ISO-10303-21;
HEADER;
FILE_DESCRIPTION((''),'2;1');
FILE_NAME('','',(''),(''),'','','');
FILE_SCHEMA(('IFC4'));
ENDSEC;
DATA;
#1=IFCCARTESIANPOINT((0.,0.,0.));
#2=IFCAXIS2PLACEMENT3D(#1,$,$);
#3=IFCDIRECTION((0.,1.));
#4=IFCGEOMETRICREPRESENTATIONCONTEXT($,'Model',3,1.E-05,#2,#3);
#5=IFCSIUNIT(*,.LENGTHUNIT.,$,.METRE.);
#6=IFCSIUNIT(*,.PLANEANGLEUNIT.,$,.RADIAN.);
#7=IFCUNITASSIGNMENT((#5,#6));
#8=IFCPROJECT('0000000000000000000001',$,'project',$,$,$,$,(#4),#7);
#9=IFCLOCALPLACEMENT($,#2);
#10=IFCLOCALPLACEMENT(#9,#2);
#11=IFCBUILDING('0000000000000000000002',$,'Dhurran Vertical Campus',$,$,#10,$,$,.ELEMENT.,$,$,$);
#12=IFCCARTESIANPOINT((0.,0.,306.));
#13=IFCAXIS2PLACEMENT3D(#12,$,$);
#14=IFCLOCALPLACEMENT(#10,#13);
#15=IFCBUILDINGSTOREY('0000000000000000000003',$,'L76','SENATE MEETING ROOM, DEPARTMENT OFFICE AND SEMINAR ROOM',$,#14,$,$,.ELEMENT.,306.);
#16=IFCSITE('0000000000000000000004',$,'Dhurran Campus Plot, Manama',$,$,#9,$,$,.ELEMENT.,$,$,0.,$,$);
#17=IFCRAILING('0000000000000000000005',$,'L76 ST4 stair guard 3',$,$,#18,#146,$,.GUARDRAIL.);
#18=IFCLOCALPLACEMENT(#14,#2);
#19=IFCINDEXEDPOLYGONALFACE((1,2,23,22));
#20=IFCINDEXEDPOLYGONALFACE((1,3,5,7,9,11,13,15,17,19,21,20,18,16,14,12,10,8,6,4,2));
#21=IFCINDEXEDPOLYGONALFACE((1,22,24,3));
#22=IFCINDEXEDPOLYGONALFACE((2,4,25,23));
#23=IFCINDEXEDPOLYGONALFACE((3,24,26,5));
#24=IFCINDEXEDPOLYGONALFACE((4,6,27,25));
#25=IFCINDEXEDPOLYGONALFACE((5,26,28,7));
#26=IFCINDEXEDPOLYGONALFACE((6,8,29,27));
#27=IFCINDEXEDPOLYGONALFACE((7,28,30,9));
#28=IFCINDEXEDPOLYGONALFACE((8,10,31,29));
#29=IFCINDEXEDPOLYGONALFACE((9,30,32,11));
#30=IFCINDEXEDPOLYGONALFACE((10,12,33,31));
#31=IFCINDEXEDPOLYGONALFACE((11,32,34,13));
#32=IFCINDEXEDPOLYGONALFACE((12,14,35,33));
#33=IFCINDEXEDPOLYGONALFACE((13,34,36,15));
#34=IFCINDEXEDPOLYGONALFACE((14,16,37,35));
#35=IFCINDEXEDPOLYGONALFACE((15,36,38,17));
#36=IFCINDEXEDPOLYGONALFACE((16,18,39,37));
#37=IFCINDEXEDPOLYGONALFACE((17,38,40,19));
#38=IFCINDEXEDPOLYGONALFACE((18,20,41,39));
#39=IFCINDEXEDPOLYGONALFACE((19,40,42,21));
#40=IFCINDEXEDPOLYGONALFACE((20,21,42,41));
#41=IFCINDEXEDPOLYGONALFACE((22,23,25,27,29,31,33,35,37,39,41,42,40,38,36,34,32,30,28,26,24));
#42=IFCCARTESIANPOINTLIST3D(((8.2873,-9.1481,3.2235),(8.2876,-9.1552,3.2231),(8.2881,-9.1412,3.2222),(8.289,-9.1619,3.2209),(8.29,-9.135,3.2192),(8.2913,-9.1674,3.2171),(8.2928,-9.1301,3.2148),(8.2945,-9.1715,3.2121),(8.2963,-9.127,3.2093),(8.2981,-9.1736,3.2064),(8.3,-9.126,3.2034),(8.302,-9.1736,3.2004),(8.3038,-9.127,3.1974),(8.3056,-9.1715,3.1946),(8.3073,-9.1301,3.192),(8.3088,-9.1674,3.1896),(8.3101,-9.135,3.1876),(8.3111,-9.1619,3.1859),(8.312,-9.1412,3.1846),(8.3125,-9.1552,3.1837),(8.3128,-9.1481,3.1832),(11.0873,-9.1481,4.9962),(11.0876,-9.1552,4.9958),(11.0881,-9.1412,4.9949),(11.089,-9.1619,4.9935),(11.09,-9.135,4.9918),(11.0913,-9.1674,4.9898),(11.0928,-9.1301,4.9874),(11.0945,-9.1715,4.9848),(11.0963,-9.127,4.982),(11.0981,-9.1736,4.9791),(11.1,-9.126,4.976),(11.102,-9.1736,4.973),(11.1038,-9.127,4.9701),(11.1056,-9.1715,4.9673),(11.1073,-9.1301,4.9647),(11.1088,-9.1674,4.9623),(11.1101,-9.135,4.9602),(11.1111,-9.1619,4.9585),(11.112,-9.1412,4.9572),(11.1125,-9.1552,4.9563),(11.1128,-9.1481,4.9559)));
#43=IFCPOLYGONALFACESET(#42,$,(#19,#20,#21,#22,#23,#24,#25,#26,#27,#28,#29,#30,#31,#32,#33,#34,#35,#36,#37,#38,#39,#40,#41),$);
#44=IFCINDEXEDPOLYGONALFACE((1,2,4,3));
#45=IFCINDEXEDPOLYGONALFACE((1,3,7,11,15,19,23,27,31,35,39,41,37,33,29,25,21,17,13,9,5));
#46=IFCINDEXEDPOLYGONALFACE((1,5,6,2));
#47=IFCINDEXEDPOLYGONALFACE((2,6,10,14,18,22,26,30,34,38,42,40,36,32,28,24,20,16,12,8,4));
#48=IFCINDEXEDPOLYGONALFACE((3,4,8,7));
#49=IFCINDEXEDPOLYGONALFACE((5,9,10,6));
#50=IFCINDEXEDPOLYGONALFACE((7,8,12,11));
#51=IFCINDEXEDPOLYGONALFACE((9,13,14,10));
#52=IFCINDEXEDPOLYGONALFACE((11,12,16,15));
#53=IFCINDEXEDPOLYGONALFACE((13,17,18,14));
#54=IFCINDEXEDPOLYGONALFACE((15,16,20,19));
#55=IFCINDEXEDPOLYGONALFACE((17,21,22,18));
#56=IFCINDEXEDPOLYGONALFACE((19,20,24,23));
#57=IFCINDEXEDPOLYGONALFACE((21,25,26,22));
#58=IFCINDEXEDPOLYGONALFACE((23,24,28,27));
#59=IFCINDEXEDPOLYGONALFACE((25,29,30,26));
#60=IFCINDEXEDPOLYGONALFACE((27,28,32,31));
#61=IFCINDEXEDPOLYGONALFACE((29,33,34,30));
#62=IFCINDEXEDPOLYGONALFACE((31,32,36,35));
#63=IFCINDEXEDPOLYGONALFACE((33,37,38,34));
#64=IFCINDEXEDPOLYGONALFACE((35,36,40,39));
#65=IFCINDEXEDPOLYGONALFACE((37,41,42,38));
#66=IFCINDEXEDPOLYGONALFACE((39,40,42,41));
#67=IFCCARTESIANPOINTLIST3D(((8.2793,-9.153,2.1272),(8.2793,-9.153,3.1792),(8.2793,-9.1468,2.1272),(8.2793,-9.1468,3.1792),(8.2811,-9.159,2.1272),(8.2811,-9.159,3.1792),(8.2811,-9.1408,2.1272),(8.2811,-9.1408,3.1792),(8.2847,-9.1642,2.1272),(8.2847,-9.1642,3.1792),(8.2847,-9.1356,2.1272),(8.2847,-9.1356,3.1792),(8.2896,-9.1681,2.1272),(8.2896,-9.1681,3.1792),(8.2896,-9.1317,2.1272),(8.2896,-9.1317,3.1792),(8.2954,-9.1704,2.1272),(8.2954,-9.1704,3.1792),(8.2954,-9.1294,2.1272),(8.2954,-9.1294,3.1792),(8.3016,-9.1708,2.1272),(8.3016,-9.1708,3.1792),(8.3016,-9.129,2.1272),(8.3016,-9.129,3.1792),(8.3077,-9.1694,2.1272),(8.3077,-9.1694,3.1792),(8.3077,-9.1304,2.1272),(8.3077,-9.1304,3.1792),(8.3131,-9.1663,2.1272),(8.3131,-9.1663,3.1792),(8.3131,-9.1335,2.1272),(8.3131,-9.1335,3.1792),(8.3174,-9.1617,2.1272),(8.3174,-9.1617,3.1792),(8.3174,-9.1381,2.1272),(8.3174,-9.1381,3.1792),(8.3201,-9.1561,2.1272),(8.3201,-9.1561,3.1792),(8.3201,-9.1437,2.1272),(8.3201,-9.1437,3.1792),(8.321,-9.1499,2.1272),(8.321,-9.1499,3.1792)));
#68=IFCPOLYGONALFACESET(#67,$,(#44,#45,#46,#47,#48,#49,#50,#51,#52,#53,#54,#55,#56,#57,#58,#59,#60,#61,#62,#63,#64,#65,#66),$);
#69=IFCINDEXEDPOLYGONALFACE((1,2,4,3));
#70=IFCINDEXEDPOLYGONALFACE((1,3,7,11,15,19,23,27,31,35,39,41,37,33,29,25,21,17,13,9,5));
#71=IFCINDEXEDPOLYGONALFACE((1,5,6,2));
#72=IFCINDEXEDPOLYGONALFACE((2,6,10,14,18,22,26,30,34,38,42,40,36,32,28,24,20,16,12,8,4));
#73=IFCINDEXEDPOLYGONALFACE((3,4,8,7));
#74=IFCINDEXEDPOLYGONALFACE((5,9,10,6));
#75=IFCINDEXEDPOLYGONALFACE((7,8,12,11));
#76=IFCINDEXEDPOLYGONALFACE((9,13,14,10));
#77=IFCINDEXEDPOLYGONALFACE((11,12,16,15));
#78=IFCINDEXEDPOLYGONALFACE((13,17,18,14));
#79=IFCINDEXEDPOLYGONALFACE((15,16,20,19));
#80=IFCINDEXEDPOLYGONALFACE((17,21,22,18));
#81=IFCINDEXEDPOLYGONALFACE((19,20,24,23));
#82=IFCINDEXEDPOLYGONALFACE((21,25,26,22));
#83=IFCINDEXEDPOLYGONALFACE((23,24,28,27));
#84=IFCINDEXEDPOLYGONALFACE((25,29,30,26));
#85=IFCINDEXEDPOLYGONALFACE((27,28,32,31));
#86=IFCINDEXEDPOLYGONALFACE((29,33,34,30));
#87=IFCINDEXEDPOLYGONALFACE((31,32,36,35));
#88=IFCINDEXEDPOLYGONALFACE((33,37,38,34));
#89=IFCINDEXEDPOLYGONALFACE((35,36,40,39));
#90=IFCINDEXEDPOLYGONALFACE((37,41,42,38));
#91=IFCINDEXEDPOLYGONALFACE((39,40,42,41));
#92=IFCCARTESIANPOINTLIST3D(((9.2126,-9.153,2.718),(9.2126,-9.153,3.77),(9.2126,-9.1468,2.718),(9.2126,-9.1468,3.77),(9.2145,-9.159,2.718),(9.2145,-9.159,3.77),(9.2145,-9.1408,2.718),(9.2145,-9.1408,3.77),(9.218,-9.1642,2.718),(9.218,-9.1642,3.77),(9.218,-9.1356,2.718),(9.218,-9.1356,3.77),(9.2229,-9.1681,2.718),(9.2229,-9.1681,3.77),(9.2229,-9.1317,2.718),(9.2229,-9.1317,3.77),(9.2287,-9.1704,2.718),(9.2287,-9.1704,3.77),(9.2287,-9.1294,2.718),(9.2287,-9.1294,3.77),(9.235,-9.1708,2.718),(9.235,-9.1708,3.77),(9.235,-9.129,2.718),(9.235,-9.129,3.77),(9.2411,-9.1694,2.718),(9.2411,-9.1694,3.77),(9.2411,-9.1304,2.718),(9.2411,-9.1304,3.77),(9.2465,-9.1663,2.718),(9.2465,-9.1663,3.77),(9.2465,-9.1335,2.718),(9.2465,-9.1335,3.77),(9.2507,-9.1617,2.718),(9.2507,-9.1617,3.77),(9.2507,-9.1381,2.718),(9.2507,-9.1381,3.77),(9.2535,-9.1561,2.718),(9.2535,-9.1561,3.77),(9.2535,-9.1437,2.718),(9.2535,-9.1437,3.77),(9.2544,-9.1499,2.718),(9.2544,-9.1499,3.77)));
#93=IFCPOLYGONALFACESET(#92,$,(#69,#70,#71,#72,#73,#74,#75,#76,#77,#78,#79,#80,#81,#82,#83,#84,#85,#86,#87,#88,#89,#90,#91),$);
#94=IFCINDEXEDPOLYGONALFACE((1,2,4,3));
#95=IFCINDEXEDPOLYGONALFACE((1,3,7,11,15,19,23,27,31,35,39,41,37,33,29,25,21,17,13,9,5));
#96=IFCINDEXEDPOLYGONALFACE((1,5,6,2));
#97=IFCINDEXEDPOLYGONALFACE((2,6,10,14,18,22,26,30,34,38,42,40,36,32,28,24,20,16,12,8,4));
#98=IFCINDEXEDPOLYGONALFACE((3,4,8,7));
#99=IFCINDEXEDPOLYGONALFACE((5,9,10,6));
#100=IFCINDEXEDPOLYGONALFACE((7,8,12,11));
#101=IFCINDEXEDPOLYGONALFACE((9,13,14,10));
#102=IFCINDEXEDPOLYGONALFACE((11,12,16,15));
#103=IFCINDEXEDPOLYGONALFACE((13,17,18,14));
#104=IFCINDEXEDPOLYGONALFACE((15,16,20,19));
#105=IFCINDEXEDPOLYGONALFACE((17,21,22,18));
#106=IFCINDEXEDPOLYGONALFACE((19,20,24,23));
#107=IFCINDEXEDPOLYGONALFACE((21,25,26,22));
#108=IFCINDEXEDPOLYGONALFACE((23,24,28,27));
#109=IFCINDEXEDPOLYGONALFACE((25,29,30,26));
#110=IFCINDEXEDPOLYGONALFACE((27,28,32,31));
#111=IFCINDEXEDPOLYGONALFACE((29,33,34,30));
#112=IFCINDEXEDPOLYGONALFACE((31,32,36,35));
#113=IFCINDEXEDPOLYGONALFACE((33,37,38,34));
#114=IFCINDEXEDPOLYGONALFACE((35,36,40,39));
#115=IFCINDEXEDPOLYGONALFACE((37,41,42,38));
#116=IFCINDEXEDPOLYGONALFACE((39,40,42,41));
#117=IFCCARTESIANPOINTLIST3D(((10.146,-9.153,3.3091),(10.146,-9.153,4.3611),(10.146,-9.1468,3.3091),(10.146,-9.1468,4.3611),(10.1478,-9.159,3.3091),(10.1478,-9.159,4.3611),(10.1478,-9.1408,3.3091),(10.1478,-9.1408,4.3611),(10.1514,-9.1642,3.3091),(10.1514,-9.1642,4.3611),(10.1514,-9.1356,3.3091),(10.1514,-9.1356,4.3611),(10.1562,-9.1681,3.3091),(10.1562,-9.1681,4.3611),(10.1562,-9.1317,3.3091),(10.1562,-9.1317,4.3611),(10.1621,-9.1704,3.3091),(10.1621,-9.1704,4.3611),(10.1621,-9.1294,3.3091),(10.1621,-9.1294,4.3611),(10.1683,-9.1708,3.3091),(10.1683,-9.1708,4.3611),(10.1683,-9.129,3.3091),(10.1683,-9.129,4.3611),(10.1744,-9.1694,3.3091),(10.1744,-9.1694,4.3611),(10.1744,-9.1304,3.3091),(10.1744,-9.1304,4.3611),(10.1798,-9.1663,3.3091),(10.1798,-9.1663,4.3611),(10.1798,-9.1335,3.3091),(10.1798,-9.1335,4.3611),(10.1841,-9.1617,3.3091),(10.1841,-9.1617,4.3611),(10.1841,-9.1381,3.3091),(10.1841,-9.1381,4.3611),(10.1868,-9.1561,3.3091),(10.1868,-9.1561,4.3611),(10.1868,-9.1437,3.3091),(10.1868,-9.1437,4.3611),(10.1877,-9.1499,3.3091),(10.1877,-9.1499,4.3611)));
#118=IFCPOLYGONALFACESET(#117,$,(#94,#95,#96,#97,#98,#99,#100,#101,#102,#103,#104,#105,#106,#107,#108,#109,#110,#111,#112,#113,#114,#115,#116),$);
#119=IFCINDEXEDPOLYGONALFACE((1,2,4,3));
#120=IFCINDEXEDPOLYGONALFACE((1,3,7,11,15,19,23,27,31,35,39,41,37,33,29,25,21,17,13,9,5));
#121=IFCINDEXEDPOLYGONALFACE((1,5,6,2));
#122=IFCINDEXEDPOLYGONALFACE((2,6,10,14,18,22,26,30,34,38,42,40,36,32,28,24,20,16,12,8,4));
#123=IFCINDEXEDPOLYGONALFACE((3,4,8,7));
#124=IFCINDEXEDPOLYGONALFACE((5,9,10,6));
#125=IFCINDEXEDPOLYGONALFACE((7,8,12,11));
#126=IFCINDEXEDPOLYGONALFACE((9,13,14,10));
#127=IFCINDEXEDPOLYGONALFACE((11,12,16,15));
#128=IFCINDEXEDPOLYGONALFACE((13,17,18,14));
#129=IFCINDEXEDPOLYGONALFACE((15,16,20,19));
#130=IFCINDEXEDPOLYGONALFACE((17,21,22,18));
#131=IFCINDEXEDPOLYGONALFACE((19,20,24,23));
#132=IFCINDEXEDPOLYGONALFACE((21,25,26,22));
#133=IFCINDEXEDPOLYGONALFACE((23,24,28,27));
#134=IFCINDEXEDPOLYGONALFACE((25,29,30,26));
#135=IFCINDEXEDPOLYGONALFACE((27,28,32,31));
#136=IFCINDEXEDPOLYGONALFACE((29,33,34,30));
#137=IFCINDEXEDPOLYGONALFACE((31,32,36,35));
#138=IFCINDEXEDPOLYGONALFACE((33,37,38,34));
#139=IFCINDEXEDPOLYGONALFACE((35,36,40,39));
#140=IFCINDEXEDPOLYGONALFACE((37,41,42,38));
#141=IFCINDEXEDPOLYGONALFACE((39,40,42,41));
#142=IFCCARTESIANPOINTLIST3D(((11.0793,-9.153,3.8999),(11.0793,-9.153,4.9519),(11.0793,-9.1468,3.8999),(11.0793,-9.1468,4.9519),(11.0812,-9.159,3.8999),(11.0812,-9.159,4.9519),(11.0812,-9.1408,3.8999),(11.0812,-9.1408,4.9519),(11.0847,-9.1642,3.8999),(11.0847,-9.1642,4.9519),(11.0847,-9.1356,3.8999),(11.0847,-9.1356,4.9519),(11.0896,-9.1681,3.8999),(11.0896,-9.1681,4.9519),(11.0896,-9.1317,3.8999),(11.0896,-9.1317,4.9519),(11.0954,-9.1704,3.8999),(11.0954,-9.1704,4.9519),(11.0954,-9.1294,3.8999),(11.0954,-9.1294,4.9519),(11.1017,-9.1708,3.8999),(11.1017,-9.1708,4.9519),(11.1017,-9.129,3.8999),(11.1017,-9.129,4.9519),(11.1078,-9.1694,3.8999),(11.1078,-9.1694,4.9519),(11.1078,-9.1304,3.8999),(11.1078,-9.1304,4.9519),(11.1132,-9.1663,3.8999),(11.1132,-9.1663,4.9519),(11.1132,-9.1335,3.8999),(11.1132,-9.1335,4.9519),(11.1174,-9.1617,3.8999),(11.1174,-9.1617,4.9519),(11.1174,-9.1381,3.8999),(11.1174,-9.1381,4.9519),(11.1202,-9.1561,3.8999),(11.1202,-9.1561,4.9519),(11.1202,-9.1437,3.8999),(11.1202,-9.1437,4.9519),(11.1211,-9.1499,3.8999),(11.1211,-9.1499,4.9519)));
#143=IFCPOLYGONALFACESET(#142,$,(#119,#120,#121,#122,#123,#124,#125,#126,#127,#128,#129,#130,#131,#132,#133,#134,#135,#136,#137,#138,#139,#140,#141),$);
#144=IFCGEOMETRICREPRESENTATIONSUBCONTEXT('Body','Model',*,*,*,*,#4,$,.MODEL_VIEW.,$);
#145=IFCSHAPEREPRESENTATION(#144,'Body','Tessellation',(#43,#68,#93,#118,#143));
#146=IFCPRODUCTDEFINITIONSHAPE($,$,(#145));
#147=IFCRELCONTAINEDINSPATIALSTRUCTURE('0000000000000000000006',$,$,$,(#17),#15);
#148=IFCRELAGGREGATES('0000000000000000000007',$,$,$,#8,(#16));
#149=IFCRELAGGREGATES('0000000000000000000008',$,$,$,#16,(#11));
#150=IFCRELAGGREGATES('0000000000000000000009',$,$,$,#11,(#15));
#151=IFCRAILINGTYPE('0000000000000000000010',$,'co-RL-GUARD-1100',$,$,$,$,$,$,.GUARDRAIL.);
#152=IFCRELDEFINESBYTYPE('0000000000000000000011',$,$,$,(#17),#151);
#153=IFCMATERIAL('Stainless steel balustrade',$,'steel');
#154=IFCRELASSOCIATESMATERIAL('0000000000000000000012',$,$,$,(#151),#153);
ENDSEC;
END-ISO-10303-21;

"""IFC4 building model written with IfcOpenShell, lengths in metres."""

from ifc_helpers import new_model, si_unit, direction, frame, origin, origin_2d, place, context, subcontext, project, spatial, circle, extrude, material, type_object, element, save


model = new_model("IFC4")

# Units and contexts
model_context = context("Model", 3, precision=1e-05, world=origin(), true_north=direction((0.0, 1.0)))
body_context = subcontext(model_context, "Body", "Model", "MODEL_VIEW")
ifc_project = project(units=[si_unit("LENGTHUNIT", "METRE"), si_unit("PLANEANGLEUNIT", "RADIAN")], contexts=[model_context])

# Site, building, storey
site_placement = place(None, origin())
site = spatial("IfcSite", under=ifc_project, at=site_placement, Name="Dhurran Campus Plot, Manama", CompositionType="ELEMENT", RefElevation=0.0)
building_placement = place(site_placement, origin())
building = spatial("IfcBuilding", under=site, at=building_placement, Name="Dhurran Vertical Campus", CompositionType="ELEMENT")
storey_placement = place(building_placement, frame((0.0, 0.0, 306.0)))
storey = spatial("IfcBuildingStorey", under=building, at=storey_placement, Name="L76", Description="SENATE MEETING ROOM, DEPARTMENT OFFICE AND SEMINAR ROOM", CompositionType="ELEMENT", Elevation=306.0)

# Railing
ifc_material_1 = material(Name="Stainless steel balustrade", Category="steel")
railing_type_1 = type_object("IfcRailingType", Name="co-RL-GUARD-1100", PredefinedType="GUARDRAIL", material=ifc_material_1)
railing_1_placement = place(storey_placement, frame((8.3, -9.1499, 2.1272)))
element("IfcRailing", 1, at=railing_1_placement, inside=storey, type_object=railing_type_1, Name="L76 ST4 stair guard 3", PredefinedType="GUARDRAIL", context=body_context, shape_type="SweptSolid", body=[
    extrude(circle(Radius=0.0239, at=origin_2d()), frame((0.0, 0.0, 1.0762), z_axis=(0.844909, 0.0, 0.53491), x_axis=(0.0, 1.0, 0.0)), (0.0, 0.0, 1.0), 3.314),
    extrude(circle(Radius=0.021, at=origin_2d()), origin(), (0.0, 0.0, 1.0), 1.052),
    extrude(circle(Radius=0.021, at=origin_2d()), frame((0.9333, 0.0, 0.5908)), (0.0, 0.0, 1.0), 1.052),
    extrude(circle(Radius=0.021, at=origin_2d()), frame((1.8667, 0.0, 1.1819)), (0.0, 0.0, 1.0), 1.052),
    extrude(circle(Radius=0.021, at=origin_2d()), frame((2.8, 0.0, 1.7727)), (0.0, 0.0, 1.0), 1.052),
])

save(model, "model.ifc")
